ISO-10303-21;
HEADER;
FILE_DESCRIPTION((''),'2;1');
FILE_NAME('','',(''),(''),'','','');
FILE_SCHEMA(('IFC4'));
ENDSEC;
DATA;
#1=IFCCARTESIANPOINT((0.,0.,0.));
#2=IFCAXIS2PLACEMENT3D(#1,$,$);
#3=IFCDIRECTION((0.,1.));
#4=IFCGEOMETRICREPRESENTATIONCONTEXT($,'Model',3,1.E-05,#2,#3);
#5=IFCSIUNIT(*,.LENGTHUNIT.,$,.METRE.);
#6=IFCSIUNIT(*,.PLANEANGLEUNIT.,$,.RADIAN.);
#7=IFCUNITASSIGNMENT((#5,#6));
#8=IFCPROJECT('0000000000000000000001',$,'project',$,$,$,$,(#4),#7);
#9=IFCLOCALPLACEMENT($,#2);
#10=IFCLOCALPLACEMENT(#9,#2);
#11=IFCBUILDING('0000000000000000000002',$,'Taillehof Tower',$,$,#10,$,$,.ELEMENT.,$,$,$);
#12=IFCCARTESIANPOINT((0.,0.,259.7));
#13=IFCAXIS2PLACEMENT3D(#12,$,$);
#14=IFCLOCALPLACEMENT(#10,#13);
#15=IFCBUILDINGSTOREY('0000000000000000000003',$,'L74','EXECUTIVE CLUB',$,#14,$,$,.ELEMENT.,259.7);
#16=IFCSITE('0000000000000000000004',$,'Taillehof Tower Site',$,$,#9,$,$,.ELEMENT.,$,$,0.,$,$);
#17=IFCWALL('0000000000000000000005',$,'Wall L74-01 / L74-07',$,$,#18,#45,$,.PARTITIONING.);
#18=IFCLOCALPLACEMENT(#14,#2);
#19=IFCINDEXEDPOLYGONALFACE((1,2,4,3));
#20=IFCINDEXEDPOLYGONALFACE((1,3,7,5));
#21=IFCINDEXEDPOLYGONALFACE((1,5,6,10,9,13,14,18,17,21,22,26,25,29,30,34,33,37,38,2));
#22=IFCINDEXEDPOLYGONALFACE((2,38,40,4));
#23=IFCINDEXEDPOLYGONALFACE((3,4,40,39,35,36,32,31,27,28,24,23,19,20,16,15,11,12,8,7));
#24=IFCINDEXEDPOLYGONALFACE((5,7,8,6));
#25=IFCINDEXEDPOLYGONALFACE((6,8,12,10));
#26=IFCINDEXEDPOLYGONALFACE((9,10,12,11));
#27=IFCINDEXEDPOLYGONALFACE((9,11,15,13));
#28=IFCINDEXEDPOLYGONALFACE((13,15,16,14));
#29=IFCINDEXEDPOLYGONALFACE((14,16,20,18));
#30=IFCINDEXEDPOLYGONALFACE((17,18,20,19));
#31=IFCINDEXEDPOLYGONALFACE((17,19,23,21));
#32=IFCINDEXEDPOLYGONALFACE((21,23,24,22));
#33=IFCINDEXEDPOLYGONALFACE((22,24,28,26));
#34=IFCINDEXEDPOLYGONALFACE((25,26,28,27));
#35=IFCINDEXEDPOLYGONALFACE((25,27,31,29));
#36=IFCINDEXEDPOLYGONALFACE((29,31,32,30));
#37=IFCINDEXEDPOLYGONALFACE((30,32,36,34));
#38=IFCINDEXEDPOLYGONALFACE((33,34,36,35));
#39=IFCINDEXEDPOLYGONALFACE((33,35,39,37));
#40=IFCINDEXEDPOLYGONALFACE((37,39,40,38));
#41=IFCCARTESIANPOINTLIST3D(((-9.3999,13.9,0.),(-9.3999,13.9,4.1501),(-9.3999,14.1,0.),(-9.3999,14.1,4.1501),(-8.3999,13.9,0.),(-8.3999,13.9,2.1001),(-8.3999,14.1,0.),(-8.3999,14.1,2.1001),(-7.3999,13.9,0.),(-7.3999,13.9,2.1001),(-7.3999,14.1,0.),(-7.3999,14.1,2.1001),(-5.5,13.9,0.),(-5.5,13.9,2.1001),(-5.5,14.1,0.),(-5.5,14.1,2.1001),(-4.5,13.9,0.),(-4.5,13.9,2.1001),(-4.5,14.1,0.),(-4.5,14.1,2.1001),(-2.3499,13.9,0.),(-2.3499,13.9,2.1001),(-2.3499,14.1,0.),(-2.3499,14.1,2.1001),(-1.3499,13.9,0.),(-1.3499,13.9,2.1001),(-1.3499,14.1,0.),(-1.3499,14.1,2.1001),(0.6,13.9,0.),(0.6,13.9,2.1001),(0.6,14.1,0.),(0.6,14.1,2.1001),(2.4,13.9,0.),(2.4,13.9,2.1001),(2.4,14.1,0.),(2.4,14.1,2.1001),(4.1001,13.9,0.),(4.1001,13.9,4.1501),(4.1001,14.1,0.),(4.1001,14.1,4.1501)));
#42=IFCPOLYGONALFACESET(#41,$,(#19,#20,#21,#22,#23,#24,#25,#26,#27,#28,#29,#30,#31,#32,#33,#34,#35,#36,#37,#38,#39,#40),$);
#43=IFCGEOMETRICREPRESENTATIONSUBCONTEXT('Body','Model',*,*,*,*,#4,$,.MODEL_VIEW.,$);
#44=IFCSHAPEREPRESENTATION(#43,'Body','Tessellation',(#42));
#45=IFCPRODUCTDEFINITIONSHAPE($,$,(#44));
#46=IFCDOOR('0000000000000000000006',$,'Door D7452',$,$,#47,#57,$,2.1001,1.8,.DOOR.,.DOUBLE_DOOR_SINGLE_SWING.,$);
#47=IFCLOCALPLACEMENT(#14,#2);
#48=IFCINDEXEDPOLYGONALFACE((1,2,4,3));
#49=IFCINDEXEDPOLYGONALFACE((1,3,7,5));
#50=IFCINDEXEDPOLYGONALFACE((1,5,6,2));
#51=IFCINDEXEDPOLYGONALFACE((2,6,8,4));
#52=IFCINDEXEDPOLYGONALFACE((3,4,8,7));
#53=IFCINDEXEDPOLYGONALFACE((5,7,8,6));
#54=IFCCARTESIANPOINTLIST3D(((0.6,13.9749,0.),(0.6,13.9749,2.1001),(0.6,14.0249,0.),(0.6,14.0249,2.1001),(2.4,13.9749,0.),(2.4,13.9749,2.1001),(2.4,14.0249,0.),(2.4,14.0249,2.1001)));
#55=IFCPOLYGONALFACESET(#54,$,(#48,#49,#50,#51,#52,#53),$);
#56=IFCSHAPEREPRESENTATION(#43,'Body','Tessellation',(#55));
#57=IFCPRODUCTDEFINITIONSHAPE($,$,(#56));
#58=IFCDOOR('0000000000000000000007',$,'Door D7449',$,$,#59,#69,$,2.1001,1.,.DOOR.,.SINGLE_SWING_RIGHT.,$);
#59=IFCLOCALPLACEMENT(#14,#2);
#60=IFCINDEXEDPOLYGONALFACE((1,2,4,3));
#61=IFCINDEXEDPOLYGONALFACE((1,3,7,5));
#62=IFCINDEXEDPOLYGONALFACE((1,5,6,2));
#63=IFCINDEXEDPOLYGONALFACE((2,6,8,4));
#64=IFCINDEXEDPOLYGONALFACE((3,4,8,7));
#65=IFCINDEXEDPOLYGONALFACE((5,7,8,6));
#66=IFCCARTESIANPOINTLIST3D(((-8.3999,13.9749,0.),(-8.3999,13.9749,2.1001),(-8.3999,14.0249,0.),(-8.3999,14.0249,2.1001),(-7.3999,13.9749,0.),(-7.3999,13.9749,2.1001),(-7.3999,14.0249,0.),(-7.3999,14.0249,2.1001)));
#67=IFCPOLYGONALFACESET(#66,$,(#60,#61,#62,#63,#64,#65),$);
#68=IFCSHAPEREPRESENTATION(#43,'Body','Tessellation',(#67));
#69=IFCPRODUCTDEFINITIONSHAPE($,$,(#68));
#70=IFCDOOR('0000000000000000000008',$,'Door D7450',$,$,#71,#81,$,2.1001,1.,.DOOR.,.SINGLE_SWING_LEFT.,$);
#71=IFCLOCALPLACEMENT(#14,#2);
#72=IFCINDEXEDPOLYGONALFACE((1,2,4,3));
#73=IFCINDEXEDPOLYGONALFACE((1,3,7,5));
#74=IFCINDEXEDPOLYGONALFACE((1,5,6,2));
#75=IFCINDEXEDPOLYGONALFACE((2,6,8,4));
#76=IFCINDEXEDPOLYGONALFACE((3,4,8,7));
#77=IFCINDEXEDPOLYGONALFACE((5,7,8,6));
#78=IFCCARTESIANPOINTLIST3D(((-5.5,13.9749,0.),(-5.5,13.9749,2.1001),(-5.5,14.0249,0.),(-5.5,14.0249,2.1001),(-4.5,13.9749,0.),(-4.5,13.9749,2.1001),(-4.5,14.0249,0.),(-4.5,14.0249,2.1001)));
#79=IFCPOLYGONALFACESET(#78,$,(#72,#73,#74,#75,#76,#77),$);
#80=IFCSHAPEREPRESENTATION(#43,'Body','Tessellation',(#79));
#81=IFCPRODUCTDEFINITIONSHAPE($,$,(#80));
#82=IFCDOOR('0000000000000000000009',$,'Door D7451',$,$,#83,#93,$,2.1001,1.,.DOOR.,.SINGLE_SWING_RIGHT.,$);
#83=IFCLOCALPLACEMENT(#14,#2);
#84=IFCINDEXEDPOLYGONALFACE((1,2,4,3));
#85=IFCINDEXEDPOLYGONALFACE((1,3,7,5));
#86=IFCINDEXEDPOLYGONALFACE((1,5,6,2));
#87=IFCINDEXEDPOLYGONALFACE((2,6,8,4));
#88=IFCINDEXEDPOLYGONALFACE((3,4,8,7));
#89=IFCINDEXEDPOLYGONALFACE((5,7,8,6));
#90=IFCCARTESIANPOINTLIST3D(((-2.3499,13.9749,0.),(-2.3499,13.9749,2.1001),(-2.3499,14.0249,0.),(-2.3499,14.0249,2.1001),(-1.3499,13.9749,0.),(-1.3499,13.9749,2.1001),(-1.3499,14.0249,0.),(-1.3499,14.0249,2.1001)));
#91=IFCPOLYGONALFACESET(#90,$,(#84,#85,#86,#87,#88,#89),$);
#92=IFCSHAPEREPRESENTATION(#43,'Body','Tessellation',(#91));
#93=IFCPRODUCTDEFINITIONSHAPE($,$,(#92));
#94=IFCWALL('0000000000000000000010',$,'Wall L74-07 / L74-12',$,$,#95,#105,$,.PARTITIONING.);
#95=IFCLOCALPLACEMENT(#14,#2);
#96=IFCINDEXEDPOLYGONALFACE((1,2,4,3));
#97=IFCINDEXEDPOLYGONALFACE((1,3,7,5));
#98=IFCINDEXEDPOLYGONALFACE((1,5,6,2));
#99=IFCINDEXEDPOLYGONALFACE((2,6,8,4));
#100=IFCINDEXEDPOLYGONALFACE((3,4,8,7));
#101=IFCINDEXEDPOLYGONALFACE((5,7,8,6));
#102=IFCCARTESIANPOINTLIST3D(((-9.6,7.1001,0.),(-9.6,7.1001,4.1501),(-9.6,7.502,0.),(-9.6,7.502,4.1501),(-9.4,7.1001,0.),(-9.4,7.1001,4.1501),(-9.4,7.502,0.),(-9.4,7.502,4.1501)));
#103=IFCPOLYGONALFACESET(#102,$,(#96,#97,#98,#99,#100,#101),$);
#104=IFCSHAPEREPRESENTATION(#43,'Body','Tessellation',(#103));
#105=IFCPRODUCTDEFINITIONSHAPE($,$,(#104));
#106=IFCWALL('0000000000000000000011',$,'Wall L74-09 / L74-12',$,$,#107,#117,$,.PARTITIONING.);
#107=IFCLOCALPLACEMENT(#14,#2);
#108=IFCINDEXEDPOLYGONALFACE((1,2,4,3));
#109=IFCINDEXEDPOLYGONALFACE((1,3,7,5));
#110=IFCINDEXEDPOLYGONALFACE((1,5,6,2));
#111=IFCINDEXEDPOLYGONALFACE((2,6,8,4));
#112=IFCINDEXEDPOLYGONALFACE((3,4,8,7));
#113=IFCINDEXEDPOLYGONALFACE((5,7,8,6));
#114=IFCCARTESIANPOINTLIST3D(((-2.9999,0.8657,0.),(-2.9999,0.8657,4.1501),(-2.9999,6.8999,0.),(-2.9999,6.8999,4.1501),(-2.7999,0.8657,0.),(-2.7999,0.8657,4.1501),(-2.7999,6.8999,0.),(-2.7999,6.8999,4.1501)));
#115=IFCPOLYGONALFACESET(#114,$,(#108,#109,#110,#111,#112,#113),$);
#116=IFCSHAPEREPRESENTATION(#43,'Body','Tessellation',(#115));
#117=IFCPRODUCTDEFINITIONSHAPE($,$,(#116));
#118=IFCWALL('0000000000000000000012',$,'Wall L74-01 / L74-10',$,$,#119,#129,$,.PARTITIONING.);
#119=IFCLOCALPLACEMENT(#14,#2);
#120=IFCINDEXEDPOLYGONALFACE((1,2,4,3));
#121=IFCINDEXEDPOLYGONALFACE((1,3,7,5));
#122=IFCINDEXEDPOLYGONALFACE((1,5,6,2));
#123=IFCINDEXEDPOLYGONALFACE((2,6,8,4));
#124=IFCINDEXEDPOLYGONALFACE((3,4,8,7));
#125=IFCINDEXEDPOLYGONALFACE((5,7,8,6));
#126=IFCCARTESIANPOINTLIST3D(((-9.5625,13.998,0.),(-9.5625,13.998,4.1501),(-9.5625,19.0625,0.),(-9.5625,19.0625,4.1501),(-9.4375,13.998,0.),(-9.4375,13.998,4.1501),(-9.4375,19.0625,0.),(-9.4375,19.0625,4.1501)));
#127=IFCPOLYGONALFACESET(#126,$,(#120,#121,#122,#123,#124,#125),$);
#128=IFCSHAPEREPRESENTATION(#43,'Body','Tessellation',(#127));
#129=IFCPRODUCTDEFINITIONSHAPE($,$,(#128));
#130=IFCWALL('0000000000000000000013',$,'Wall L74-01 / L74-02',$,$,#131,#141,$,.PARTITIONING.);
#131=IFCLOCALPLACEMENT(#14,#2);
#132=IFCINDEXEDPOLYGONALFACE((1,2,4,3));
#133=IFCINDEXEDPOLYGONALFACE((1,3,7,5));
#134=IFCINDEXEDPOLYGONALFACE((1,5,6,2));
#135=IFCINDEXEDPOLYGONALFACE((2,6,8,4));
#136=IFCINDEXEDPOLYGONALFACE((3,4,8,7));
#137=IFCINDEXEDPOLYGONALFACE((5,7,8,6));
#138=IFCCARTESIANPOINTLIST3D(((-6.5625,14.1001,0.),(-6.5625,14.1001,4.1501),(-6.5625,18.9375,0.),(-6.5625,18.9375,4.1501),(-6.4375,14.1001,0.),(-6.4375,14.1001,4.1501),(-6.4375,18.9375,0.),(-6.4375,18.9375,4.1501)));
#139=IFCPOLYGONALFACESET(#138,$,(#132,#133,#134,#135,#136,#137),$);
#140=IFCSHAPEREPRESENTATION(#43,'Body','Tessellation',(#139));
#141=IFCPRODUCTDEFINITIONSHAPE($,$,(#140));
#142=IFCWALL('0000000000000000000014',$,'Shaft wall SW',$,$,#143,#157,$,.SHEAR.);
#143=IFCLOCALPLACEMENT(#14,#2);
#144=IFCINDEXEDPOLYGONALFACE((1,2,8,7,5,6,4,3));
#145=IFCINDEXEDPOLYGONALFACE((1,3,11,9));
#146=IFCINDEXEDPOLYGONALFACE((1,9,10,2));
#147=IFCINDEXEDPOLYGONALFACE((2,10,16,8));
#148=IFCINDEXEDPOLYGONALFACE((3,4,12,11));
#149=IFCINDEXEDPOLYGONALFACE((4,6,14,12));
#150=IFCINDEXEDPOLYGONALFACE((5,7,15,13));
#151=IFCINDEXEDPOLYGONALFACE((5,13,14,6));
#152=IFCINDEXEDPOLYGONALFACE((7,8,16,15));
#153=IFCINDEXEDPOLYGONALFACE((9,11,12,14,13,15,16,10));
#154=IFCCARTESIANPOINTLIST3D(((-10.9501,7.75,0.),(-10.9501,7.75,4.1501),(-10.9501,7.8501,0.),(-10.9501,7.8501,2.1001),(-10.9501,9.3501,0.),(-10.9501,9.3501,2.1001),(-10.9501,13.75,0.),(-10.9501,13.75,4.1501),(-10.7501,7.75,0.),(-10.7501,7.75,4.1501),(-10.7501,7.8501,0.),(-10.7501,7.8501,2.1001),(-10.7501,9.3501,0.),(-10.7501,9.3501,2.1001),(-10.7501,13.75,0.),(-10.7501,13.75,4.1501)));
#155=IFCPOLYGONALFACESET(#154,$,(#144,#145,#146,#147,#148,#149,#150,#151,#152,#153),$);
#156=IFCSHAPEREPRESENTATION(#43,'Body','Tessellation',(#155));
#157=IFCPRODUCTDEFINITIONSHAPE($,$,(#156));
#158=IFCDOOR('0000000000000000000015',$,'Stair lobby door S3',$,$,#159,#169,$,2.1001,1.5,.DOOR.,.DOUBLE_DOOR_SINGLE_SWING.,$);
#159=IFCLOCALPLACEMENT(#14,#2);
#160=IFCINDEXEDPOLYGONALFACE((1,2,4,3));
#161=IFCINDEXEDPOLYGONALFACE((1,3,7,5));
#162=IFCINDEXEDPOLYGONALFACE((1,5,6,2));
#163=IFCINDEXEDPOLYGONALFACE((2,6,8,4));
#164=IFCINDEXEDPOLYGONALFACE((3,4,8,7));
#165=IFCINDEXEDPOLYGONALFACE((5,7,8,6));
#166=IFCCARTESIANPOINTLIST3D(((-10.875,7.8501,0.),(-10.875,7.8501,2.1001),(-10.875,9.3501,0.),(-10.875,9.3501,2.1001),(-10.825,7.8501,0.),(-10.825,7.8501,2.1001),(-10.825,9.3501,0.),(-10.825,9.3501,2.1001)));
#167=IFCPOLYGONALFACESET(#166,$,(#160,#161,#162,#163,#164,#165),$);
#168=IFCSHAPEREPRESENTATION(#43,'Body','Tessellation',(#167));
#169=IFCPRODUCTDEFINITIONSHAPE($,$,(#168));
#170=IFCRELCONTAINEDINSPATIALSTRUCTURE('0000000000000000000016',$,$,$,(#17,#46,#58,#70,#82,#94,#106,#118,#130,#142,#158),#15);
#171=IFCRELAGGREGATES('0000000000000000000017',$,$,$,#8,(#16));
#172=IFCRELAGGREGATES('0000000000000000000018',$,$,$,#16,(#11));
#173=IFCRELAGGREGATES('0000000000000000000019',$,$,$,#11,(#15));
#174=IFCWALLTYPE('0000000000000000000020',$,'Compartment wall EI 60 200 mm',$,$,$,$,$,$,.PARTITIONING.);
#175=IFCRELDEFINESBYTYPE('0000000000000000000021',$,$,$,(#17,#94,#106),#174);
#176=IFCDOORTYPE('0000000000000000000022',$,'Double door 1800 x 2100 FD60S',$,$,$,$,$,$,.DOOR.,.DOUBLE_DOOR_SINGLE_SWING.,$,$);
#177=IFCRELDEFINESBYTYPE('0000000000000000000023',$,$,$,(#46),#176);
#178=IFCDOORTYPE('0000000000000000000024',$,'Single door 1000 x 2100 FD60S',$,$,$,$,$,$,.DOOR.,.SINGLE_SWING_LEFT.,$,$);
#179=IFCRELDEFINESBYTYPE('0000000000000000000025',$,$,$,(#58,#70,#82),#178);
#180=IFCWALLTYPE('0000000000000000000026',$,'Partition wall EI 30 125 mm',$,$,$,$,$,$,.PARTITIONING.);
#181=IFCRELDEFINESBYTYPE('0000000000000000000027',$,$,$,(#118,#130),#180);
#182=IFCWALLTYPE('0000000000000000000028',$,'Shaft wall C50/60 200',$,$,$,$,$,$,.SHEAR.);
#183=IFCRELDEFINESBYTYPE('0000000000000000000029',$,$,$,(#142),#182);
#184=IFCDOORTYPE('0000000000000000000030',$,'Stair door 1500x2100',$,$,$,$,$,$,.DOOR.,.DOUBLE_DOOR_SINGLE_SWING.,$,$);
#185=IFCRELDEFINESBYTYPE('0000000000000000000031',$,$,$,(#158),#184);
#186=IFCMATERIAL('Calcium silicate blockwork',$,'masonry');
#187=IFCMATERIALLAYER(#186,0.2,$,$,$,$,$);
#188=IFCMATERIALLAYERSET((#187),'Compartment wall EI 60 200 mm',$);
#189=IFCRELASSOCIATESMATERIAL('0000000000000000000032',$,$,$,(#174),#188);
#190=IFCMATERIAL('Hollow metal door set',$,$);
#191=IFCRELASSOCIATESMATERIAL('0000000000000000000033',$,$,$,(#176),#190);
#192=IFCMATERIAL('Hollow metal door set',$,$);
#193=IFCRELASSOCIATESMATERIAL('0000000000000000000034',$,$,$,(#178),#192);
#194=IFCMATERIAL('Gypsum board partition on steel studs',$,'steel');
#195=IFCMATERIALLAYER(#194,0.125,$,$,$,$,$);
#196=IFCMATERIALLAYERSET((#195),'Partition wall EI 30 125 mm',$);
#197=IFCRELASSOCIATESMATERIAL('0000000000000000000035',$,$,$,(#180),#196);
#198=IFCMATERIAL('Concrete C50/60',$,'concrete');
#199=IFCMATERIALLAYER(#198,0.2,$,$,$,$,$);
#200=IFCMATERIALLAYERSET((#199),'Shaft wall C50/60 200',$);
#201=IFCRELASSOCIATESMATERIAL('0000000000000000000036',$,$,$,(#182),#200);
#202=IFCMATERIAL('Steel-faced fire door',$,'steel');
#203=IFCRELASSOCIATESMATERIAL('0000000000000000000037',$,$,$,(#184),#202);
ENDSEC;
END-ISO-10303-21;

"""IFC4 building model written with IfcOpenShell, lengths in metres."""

from ifc_helpers import new_model, si_unit, direction, frame, frame_2d, origin, place, context, subcontext, project, spatial, rectangle, extrude, material, layer, layer_set, type_object, element, fill, save


model = new_model("IFC4")

# Units and contexts
model_context = context("Model", 3, precision=1e-05, world=origin(), true_north=direction((0.0, 1.0)))
body_context = subcontext(model_context, "Body", "Model", "MODEL_VIEW")
ifc_project = project(units=[si_unit("LENGTHUNIT", "METRE"), si_unit("PLANEANGLEUNIT", "RADIAN")], contexts=[model_context])

# Site, building, storey
site_placement = place(None, origin())
site = spatial("IfcSite", under=ifc_project, at=site_placement, Name="Taillehof Tower Site", CompositionType="ELEMENT", RefElevation=0.0)
building_placement = place(site_placement, origin())
building = spatial("IfcBuilding", under=site, at=building_placement, Name="Taillehof Tower", CompositionType="ELEMENT")
storey_placement = place(building_placement, frame((0.0, 0.0, 259.7)))
storey = spatial("IfcBuildingStorey", under=building, at=storey_placement, Name="L74", Description="EXECUTIVE CLUB", CompositionType="ELEMENT", Elevation=259.7)

# Shared definitions
ifc_material_1 = material(Name="Calcium silicate blockwork", Category="masonry")
ifc_layer_1 = layer(ifc_material_1, 0.2)
ifc_layer_set_1 = layer_set([ifc_layer_1], Name="Compartment wall EI 60 200 mm")
wall_type_1 = type_object("IfcWallType", Name="Compartment wall EI 60 200 mm", PredefinedType="PARTITIONING", material=ifc_layer_set_1)
ifc_material_2 = material(Name="Hollow metal door set")
door_type_1 = type_object("IfcDoorType", Name="Double door 1800 x 2100 FD60S", OperationType="DOUBLE_DOOR_SINGLE_SWING", PredefinedType="DOOR", material=ifc_material_2)

# Wall, openings, doors
wall_1_placement = place(storey_placement, frame((-9.3999, 14.0, 0.0), z_axis=(0.0, 0.0, 1.0), x_axis=(1.0, 0.0, 0.0)))
wall_1 = element("IfcWall", 1, at=wall_1_placement, inside=storey, type_object=wall_type_1, Name="Wall L74-01 / L74-07", PredefinedType="PARTITIONING", context=body_context, shape_type="SweptSolid", body=[
    extrude(rectangle(XDim=13.5, YDim=0.2, at=frame_2d((6.75, 0.0))), origin(), (0.0, 0.0, 1.0), 4.1501),
])
opening_1_placement = place(wall_1_placement, frame((10.0, 0.0, 0.0)))
opening_1 = element("IfcOpeningElement", 2, at=opening_1_placement, cuts=wall_1, PredefinedType="OPENING", context=body_context, shape_type="SweptSolid", body=[
    extrude(rectangle(XDim=1.8, YDim=2.1001, at=frame_2d((0.8999, 1.05))), frame((0.0, 0.1099, 0.0), z_axis=(0.0, -1.0, 0.0), x_axis=(1.0, 0.0, 0.0)), (0.0, 0.0, 1.0), 0.22),
])
opening_2_placement = place(wall_1_placement, frame((1.0, 0.0, 0.0)))
opening_2 = element("IfcOpeningElement", 3, at=opening_2_placement, cuts=wall_1, PredefinedType="OPENING", context=body_context, shape_type="SweptSolid", body=[
    extrude(rectangle(XDim=1.0, YDim=2.1001, at=frame_2d((0.5, 1.05))), frame((0.0, 0.1099, 0.0), z_axis=(0.0, -1.0, 0.0), x_axis=(1.0, 0.0, 0.0)), (0.0, 0.0, 1.0), 0.22),
])
opening_3_placement = place(wall_1_placement, frame((3.8999, 0.0, 0.0)))
opening_3 = element("IfcOpeningElement", 4, at=opening_3_placement, cuts=wall_1, PredefinedType="OPENING", context=body_context, shape_type="SweptSolid", body=[
    extrude(rectangle(XDim=1.0, YDim=2.1001, at=frame_2d((0.5, 1.05))), frame((0.0, 0.1099, 0.0), z_axis=(0.0, -1.0, 0.0), x_axis=(1.0, 0.0, 0.0)), (0.0, 0.0, 1.0), 0.22),
])
opening_4_placement = place(wall_1_placement, frame((7.05, 0.0, 0.0)))
opening_4 = element("IfcOpeningElement", 5, at=opening_4_placement, cuts=wall_1, PredefinedType="OPENING", context=body_context, shape_type="SweptSolid", body=[
    extrude(rectangle(XDim=1.0, YDim=2.1001, at=frame_2d((0.5, 1.05))), frame((0.0, 0.1099, 0.0), z_axis=(0.0, -1.0, 0.0), x_axis=(1.0, 0.0, 0.0)), (0.0, 0.0, 1.0), 0.22),
])
door_1_placement = place(opening_1_placement, origin())
door_1 = element("IfcDoor", 6, at=door_1_placement, inside=storey, type_object=door_type_1, Name="Door D7452", OperationType="DOUBLE_DOOR_SINGLE_SWING", OverallHeight=2.1001, OverallWidth=1.8, PredefinedType="DOOR", context=body_context, shape_type="SweptSolid", body=[
    extrude(rectangle(XDim=1.8, YDim=2.1001, at=frame_2d((0.8999, 1.05))), frame((0.0, 0.0249, 0.0), z_axis=(0.0, -1.0, 0.0), x_axis=(1.0, 0.0, 0.0)), (0.0, 0.0, 1.0), 0.05),
])
fill(opening_1, door_1)
ifc_material_3 = material(Name="Hollow metal door set")
door_type_2 = type_object("IfcDoorType", Name="Single door 1000 x 2100 FD60S", OperationType="SINGLE_SWING_LEFT", PredefinedType="DOOR", material=ifc_material_3)
door_2_placement = place(opening_2_placement, origin())
door_2 = element("IfcDoor", 7, at=door_2_placement, inside=storey, type_object=door_type_2, Name="Door D7449", OperationType="SINGLE_SWING_RIGHT", OverallHeight=2.1001, OverallWidth=1.0, PredefinedType="DOOR", context=body_context, shape_type="SweptSolid", body=[
    extrude(rectangle(XDim=1.0, YDim=2.1001, at=frame_2d((0.5, 1.05))), frame((0.0, 0.0249, 0.0), z_axis=(0.0, -1.0, 0.0), x_axis=(1.0, 0.0, 0.0)), (0.0, 0.0, 1.0), 0.05),
])
fill(opening_2, door_2)
door_3_placement = place(opening_3_placement, origin())
door_3 = element("IfcDoor", 8, at=door_3_placement, inside=storey, type_object=door_type_2, Name="Door D7450", OperationType="SINGLE_SWING_LEFT", OverallHeight=2.1001, OverallWidth=1.0, PredefinedType="DOOR", context=body_context, shape_type="SweptSolid", body=[
    extrude(rectangle(XDim=1.0, YDim=2.1001, at=frame_2d((0.5, 1.05))), frame((0.0, 0.0249, 0.0), z_axis=(0.0, -1.0, 0.0), x_axis=(1.0, 0.0, 0.0)), (0.0, 0.0, 1.0), 0.05),
])
fill(opening_3, door_3)
door_4_placement = place(opening_4_placement, origin())
door_4 = element("IfcDoor", 9, at=door_4_placement, inside=storey, type_object=door_type_2, Name="Door D7451", OperationType="SINGLE_SWING_RIGHT", OverallHeight=2.1001, OverallWidth=1.0, PredefinedType="DOOR", context=body_context, shape_type="SweptSolid", body=[
    extrude(rectangle(XDim=1.0, YDim=2.1001, at=frame_2d((0.5, 1.05))), frame((0.0, 0.0249, 0.0), z_axis=(0.0, -1.0, 0.0), x_axis=(1.0, 0.0, 0.0)), (0.0, 0.0, 1.0), 0.05),
])
fill(opening_4, door_4)

# Walls
wall_2_placement = place(storey_placement, frame((-9.5, 7.1001, 0.0), z_axis=(0.0, 0.0, 1.0), x_axis=(0.0, 1.0, 0.0)))
element("IfcWall", 10, at=wall_2_placement, inside=storey, type_object=wall_type_1, Name="Wall L74-07 / L74-12", PredefinedType="PARTITIONING", context=body_context, shape_type="SweptSolid", body=[
    extrude(rectangle(XDim=0.4019, YDim=0.2, at=frame_2d((0.2009, 0.0))), origin(), (0.0, 0.0, 1.0), 4.1501),
])
wall_3_placement = place(storey_placement, frame((-2.8999, 0.8657, 0.0), z_axis=(0.0, 0.0, 1.0), x_axis=(0.0, 1.0, 0.0)))
element("IfcWall", 11, at=wall_3_placement, inside=storey, type_object=wall_type_1, Name="Wall L74-09 / L74-12", PredefinedType="PARTITIONING", context=body_context, shape_type="SweptSolid", body=[
    extrude(rectangle(XDim=6.0342, YDim=0.2, at=frame_2d((3.0171, 0.0))), origin(), (0.0, 0.0, 1.0), 4.1501),
])
ifc_material_4 = material(Name="Gypsum board partition on steel studs", Category="steel")
ifc_layer_2 = layer(ifc_material_4, 0.125)
ifc_layer_set_2 = layer_set([ifc_layer_2], Name="Partition wall EI 30 125 mm")
wall_type_2 = type_object("IfcWallType", Name="Partition wall EI 30 125 mm", PredefinedType="PARTITIONING", material=ifc_layer_set_2)
wall_4_placement = place(storey_placement, frame((-9.5, 13.998, 0.0), z_axis=(0.0, 0.0, 1.0), x_axis=(0.0, 1.0, 0.0)))
element("IfcWall", 12, at=wall_4_placement, inside=storey, type_object=wall_type_2, Name="Wall L74-01 / L74-10", PredefinedType="PARTITIONING", context=body_context, shape_type="SweptSolid", body=[
    extrude(rectangle(XDim=5.0645, YDim=0.125, at=frame_2d((2.5322, 0.0))), origin(), (0.0, 0.0, 1.0), 4.1501),
])
wall_5_placement = place(storey_placement, frame((-6.5, 14.1001, 0.0), z_axis=(0.0, 0.0, 1.0), x_axis=(0.0, 1.0, 0.0)))
element("IfcWall", 13, at=wall_5_placement, inside=storey, type_object=wall_type_2, Name="Wall L74-01 / L74-02", PredefinedType="PARTITIONING", context=body_context, shape_type="SweptSolid", body=[
    extrude(rectangle(XDim=4.8374, YDim=0.125, at=frame_2d((2.4187, 0.0))), origin(), (0.0, 0.0, 1.0), 4.1501),
])

# Wall, opening, door
ifc_material_5 = material(Name="Concrete C50/60", Category="concrete")
ifc_layer_3 = layer(ifc_material_5, 0.2)
ifc_layer_set_3 = layer_set([ifc_layer_3], Name="Shaft wall C50/60 200")
wall_type_3 = type_object("IfcWallType", Name="Shaft wall C50/60 200", PredefinedType="SHEAR", material=ifc_layer_set_3)
wall_6_placement = place(storey_placement, frame((-10.8501, 7.75, 0.0), z_axis=(0.0, 0.0, 1.0), x_axis=(0.0, 1.0, 0.0)))
wall_6 = element("IfcWall", 14, at=wall_6_placement, inside=storey, type_object=wall_type_3, Name="Shaft wall SW", PredefinedType="SHEAR", context=body_context, shape_type="SweptSolid", body=[
    extrude(rectangle(XDim=6.0, YDim=0.2, at=frame_2d((3.0, 0.0))), origin(), (0.0, 0.0, 1.0), 4.1501),
])
opening_5_placement = place(wall_6_placement, frame((0.1001, 0.0, 0.0)))
opening_5 = element("IfcOpeningElement", 15, at=opening_5_placement, cuts=wall_6, PredefinedType="OPENING", context=body_context, shape_type="SweptSolid", body=[
    extrude(rectangle(XDim=1.5, YDim=2.1001, at=frame_2d((0.75, 1.05))), frame((0.0, 0.1099, 0.0), z_axis=(0.0, -1.0, 0.0), x_axis=(1.0, 0.0, 0.0)), (0.0, 0.0, 1.0), 0.22),
])
ifc_material_6 = material(Name="Steel-faced fire door", Category="steel")
door_type_3 = type_object("IfcDoorType", Name="Stair door 1500x2100", OperationType="DOUBLE_DOOR_SINGLE_SWING", PredefinedType="DOOR", material=ifc_material_6)
door_5_placement = place(opening_5_placement, origin())
door_5 = element("IfcDoor", 16, at=door_5_placement, inside=storey, type_object=door_type_3, Name="Stair lobby door S3", OperationType="DOUBLE_DOOR_SINGLE_SWING", OverallHeight=2.1001, OverallWidth=1.5, PredefinedType="DOOR", context=body_context, shape_type="SweptSolid", body=[
    extrude(rectangle(XDim=1.5, YDim=2.1001, at=frame_2d((0.75, 1.05))), frame((0.0, 0.0249, 0.0), z_axis=(0.0, -1.0, 0.0), x_axis=(1.0, 0.0, 0.0)), (0.0, 0.0, 1.0), 0.05),
])
fill(opening_5, door_5)

save(model, "model.ifc")
